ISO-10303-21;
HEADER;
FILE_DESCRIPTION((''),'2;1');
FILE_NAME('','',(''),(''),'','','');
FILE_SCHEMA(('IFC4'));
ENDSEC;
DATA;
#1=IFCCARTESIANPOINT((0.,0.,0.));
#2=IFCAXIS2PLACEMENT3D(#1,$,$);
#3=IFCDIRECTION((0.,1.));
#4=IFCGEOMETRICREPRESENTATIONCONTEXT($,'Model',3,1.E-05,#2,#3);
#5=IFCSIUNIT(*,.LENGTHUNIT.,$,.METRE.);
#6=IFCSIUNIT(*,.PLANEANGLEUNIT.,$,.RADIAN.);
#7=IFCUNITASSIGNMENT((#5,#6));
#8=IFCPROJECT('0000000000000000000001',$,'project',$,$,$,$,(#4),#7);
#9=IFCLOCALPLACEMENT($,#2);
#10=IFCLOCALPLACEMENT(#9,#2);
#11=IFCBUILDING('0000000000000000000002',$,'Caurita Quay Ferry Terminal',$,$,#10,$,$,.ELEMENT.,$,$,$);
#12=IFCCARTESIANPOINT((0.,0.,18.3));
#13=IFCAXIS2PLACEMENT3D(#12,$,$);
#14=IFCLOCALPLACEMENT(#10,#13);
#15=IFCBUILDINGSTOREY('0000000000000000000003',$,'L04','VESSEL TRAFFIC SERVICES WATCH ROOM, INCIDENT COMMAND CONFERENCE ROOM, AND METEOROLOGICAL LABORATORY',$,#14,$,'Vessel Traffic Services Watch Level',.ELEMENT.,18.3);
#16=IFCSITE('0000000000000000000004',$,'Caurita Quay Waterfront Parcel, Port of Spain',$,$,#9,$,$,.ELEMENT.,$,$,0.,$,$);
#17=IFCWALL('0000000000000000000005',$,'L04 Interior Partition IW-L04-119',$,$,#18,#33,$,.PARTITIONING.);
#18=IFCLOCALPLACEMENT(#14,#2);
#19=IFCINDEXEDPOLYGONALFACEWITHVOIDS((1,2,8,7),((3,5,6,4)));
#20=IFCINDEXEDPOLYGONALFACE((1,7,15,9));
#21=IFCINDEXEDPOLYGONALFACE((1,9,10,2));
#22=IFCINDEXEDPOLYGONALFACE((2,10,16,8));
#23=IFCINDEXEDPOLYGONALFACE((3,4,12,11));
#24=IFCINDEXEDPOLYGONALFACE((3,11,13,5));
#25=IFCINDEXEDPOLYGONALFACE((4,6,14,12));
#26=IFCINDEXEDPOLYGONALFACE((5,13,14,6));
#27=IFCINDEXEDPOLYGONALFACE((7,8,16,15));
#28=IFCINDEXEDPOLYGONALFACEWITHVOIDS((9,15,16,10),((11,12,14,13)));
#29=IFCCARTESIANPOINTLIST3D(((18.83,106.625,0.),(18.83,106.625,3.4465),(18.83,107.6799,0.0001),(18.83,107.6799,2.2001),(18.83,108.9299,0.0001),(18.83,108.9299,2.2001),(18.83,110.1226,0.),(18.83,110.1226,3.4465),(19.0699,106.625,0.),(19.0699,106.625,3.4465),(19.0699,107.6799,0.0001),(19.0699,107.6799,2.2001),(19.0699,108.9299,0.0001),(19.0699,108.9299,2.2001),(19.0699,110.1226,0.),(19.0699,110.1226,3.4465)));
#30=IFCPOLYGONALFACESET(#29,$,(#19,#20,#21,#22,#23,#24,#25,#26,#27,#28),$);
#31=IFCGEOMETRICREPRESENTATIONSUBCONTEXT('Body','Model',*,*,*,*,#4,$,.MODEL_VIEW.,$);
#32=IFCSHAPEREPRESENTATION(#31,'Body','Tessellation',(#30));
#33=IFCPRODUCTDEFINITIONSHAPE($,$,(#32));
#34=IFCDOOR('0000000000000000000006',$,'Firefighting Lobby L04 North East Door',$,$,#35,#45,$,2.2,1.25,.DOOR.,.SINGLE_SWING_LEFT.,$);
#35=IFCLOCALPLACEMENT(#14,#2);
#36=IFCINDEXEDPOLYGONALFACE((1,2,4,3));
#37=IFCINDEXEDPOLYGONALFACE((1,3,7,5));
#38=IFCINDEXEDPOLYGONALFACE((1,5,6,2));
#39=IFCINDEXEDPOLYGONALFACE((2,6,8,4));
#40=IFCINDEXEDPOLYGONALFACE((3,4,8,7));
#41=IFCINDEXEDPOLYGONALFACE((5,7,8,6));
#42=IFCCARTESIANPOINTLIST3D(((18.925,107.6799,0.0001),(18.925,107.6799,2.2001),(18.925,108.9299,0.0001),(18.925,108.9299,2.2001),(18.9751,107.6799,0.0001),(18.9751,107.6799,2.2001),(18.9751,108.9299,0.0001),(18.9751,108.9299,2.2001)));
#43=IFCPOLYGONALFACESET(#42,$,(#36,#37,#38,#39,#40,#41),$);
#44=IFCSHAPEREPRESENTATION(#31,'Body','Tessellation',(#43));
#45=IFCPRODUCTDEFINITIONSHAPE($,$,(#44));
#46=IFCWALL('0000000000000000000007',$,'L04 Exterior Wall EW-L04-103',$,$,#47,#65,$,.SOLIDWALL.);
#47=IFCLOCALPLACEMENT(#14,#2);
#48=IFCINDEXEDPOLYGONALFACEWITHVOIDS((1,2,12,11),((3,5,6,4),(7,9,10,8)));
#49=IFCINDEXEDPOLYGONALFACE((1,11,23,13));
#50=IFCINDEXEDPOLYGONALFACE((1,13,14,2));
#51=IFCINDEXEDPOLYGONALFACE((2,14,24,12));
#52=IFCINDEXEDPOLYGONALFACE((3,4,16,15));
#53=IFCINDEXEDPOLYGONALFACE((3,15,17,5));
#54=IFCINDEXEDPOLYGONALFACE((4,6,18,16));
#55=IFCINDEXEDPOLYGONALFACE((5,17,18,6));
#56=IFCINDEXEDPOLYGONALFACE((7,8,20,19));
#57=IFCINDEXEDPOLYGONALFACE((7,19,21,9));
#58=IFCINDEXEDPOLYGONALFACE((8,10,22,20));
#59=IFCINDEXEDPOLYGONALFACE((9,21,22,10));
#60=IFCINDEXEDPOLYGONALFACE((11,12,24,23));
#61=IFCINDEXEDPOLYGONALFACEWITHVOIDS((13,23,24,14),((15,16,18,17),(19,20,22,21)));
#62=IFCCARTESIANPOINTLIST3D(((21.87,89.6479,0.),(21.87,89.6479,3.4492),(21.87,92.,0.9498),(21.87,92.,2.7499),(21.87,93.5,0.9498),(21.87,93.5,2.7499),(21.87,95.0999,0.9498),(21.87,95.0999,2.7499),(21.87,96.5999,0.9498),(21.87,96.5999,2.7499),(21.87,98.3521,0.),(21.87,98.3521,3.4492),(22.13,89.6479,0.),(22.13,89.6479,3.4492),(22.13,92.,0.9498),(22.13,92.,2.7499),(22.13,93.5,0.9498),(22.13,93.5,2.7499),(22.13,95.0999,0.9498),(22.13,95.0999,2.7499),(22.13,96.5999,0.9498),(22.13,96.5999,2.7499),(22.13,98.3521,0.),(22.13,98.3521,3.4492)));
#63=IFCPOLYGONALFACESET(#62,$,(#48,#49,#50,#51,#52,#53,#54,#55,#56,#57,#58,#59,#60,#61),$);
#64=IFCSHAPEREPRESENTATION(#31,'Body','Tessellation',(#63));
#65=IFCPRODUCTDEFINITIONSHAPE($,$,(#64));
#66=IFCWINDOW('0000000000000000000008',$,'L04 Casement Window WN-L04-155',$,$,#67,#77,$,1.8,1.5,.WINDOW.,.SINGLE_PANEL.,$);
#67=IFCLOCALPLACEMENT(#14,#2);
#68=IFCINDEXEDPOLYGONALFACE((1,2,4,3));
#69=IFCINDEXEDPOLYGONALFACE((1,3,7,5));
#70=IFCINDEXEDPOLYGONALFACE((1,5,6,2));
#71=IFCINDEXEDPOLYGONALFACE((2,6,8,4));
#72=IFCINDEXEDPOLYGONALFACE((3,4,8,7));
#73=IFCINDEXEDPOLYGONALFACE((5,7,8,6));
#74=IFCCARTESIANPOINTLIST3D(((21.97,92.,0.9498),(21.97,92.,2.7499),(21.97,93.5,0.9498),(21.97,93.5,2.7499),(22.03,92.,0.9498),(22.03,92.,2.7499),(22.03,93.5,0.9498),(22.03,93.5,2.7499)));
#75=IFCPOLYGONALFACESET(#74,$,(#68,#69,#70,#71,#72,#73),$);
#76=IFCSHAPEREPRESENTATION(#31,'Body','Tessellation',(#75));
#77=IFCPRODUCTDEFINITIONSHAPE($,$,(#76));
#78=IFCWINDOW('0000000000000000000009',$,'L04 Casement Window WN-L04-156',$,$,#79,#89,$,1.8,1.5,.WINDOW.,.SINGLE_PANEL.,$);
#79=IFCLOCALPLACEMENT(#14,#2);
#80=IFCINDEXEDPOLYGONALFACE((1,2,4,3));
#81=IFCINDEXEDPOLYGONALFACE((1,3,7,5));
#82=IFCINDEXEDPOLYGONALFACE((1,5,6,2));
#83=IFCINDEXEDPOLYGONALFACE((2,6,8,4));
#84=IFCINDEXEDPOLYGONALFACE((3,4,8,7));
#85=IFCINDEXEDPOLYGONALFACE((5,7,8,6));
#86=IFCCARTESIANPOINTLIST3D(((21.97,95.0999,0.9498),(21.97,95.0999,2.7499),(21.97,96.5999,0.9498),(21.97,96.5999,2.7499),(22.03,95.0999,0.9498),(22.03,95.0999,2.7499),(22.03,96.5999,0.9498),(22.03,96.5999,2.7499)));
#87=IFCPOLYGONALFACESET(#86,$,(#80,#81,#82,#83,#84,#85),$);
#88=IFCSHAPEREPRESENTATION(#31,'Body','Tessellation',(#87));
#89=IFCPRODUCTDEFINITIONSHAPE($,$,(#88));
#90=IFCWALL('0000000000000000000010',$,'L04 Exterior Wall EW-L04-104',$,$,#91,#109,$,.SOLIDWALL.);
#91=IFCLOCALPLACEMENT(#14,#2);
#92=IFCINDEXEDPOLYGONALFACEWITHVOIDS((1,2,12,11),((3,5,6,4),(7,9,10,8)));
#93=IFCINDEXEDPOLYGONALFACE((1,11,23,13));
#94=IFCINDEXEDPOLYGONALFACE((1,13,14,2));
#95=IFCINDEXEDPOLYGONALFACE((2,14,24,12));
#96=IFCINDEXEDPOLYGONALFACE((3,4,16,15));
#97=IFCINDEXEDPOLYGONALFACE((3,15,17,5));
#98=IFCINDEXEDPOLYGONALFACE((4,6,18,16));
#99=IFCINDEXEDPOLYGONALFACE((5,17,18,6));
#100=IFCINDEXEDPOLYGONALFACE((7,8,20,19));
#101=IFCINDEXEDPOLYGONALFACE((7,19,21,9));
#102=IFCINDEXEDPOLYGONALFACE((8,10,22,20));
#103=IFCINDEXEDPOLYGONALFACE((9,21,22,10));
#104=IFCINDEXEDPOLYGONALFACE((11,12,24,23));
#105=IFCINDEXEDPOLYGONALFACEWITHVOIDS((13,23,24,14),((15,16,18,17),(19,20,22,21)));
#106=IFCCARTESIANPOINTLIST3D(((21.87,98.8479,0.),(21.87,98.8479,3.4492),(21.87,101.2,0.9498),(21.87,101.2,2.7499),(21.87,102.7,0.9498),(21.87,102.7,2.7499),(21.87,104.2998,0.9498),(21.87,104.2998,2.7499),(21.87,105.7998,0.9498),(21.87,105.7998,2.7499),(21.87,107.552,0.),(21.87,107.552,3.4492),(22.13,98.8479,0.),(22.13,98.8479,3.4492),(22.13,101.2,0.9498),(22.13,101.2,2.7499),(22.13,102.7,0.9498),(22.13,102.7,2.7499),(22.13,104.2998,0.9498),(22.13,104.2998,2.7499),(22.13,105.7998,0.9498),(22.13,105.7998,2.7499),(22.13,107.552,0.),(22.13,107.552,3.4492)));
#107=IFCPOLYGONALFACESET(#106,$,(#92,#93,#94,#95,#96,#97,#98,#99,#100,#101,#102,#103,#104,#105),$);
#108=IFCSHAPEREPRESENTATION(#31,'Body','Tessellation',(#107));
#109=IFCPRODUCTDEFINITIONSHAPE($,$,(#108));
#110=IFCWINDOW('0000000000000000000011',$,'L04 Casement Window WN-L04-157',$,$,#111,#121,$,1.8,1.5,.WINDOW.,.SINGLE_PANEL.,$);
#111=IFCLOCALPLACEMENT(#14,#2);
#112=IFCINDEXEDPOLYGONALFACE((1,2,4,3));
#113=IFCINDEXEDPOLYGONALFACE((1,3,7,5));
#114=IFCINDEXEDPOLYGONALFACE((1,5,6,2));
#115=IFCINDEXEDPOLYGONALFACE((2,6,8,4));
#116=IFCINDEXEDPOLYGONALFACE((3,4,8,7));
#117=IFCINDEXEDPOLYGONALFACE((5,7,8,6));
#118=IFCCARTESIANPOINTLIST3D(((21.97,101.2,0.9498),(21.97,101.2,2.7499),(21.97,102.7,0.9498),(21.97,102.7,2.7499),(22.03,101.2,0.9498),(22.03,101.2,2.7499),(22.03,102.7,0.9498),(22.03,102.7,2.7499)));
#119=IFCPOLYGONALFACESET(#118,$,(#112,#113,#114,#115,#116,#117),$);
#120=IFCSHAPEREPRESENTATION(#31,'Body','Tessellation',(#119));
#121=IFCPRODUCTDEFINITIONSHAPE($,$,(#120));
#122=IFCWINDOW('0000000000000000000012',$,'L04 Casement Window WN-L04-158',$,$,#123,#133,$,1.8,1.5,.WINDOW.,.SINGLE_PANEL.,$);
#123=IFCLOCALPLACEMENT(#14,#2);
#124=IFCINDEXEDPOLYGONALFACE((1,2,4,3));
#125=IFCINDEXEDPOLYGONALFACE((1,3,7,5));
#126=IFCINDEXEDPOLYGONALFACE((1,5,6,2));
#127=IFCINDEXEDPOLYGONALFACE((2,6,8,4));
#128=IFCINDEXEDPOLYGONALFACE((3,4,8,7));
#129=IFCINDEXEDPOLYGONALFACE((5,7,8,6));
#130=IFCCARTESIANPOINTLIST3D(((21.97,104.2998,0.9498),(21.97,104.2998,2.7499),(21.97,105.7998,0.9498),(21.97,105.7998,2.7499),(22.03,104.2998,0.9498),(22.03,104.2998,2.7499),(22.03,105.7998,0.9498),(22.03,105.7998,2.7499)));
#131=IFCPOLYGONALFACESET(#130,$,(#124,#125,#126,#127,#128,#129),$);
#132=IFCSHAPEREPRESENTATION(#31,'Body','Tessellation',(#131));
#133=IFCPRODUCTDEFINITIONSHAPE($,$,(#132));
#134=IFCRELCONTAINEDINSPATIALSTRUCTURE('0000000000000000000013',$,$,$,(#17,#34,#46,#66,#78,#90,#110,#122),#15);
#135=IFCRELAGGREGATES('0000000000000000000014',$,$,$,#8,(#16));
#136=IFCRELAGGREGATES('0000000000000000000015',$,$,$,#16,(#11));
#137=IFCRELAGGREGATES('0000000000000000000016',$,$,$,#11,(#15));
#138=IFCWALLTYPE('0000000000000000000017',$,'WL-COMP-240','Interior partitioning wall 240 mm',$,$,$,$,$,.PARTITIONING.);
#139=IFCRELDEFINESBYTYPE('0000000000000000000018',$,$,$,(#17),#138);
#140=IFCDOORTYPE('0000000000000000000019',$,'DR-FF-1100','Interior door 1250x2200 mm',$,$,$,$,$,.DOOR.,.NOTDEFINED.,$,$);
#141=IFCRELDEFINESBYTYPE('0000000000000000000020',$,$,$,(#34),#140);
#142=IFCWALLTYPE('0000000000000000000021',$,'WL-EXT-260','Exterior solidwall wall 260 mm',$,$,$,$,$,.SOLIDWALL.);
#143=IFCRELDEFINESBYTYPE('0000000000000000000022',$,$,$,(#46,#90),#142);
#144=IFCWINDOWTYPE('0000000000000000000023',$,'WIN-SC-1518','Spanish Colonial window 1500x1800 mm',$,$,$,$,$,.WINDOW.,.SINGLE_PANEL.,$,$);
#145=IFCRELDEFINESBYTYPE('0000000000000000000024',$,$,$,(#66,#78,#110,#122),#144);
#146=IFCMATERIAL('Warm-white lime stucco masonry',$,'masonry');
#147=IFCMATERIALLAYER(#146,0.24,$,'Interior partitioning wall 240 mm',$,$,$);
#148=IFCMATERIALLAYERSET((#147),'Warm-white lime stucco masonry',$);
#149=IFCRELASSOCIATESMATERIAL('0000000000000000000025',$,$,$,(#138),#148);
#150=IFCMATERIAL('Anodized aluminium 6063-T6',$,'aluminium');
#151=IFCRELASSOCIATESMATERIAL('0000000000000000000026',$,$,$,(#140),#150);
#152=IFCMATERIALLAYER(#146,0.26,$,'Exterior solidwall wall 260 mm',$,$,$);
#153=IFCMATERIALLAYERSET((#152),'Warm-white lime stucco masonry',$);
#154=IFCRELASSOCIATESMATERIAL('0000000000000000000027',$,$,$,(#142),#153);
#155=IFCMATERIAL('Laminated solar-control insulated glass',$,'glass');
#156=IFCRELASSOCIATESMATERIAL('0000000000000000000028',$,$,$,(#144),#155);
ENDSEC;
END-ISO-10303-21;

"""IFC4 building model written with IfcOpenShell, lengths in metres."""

from ifc_helpers import new_model, si_unit, direction, frame, frame_2d, origin, place, context, subcontext, project, spatial, rectangle, extrude, material, layer, layer_set, type_object, element, fill, save


model = new_model("IFC4")

# Units and contexts
model_context = context("Model", 3, precision=1e-05, world=origin(), true_north=direction((0.0, 1.0)))
body_context = subcontext(model_context, "Body", "Model", "MODEL_VIEW")
ifc_project = project(units=[si_unit("LENGTHUNIT", "METRE"), si_unit("PLANEANGLEUNIT", "RADIAN")], contexts=[model_context])

# Site, building, storey
site_placement = place(None, origin())
site = spatial("IfcSite", under=ifc_project, at=site_placement, Name="Caurita Quay Waterfront Parcel, Port of Spain", CompositionType="ELEMENT", RefElevation=0.0)
building_placement = place(site_placement, origin())
building = spatial("IfcBuilding", under=site, at=building_placement, Name="Caurita Quay Ferry Terminal", CompositionType="ELEMENT")
storey_placement = place(building_placement, frame((0.0, 0.0, 18.3)))
storey = spatial("IfcBuildingStorey", under=building, at=storey_placement, Name="L04", Description="VESSEL TRAFFIC SERVICES WATCH ROOM, INCIDENT COMMAND CONFERENCE ROOM, AND METEOROLOGICAL LABORATORY", LongName="Vessel Traffic Services Watch Level", CompositionType="ELEMENT", Elevation=18.3)

# Wall, opening, door
ifc_material_1 = material(Name="Warm-white lime stucco masonry", Category="masonry")
ifc_layer_1 = layer(ifc_material_1, 0.24, Name="Interior partitioning wall 240 mm")
ifc_layer_set_1 = layer_set([ifc_layer_1], Name="Warm-white lime stucco masonry")
wall_type_1 = type_object("IfcWallType", Name="WL-COMP-240", Description="Interior partitioning wall 240 mm", PredefinedType="PARTITIONING", material=ifc_layer_set_1)
wall_1_placement = place(storey_placement, frame((18.95, 106.625, 0.0), z_axis=(0.0, 0.0, 1.0), x_axis=(0.0, 1.0, 0.0)))
wall_1 = element("IfcWall", 1, at=wall_1_placement, inside=storey, type_object=wall_type_1, Name="L04 Interior Partition IW-L04-119", PredefinedType="PARTITIONING", context=body_context, shape_type="SweptSolid", body=[
    extrude(rectangle(XDim=3.4976, YDim=0.24, at=frame_2d((1.7488, 0.0))), origin(), (0.0, 0.0, 1.0), 3.4465),
])
opening_1_placement = place(wall_1_placement, frame((1.0549, 0.0, 0.0)))
opening_1 = element("IfcOpeningElement", 2, at=opening_1_placement, cuts=wall_1, PredefinedType="OPENING", context=body_context, shape_type="SweptSolid", body=[
    extrude(rectangle(XDim=1.25, YDim=2.2, at=frame_2d((0.625, 1.1001))), frame((0.0, 0.1299, 0.0), z_axis=(0.0, -1.0, 0.0), x_axis=(1.0, 0.0, 0.0)), (0.0, 0.0, 1.0), 0.26),
])
ifc_material_2 = material(Name="Anodized aluminium 6063-T6", Category="aluminium")
door_type_1 = type_object("IfcDoorType", Name="DR-FF-1100", Description="Interior door 1250x2200 mm", OperationType="NOTDEFINED", PredefinedType="DOOR", material=ifc_material_2)
door_1_placement = place(opening_1_placement, origin())
door_1 = element("IfcDoor", 3, at=door_1_placement, inside=storey, type_object=door_type_1, Name="Firefighting Lobby L04 North East Door", OperationType="SINGLE_SWING_LEFT", OverallHeight=2.2, OverallWidth=1.25, PredefinedType="DOOR", context=body_context, shape_type="SweptSolid", body=[
    extrude(rectangle(XDim=1.25, YDim=2.2, at=frame_2d((0.625, 1.1001))), frame((0.0, 0.0249, 0.0), z_axis=(0.0, -1.0, 0.0), x_axis=(1.0, 0.0, 0.0)), (0.0, 0.0, 1.0), 0.05),
])
fill(opening_1, door_1)

# Walls, openings, windows
ifc_layer_2 = layer(ifc_material_1, 0.26, Name="Exterior solidwall wall 260 mm")
ifc_layer_set_2 = layer_set([ifc_layer_2], Name="Warm-white lime stucco masonry")
wall_type_2 = type_object("IfcWallType", Name="WL-EXT-260", Description="Exterior solidwall wall 260 mm", PredefinedType="SOLIDWALL", material=ifc_layer_set_2)
wall_2_placement = place(storey_placement, frame((22.0, 89.6479, 0.0), z_axis=(0.0, 0.0, 1.0), x_axis=(0.0, 1.0, 0.0)))
wall_2 = element("IfcWall", 4, at=wall_2_placement, inside=storey, type_object=wall_type_2, Name="L04 Exterior Wall EW-L04-103", PredefinedType="SOLIDWALL", context=body_context, shape_type="SweptSolid", body=[
    extrude(rectangle(XDim=8.7041, YDim=0.26, at=frame_2d((4.3521, 0.0))), origin(), (0.0, 0.0, 1.0), 3.4492),
])
opening_2_placement = place(wall_2_placement, frame((2.3521, 0.0, 0.95)))
opening_2 = element("IfcOpeningElement", 5, at=opening_2_placement, cuts=wall_2, PredefinedType="OPENING", context=body_context, shape_type="SweptSolid", body=[
    extrude(rectangle(XDim=1.5, YDim=1.8, at=frame_2d((0.75, 0.8999))), frame((0.0, 0.1399, 0.0), z_axis=(0.0, -1.0, 0.0), x_axis=(1.0, 0.0, 0.0)), (0.0, 0.0, 1.0), 0.28),
])
opening_3_placement = place(wall_2_placement, frame((5.4519, 0.0, 0.95)))
opening_3 = element("IfcOpeningElement", 6, at=opening_3_placement, cuts=wall_2, PredefinedType="OPENING", context=body_context, shape_type="SweptSolid", body=[
    extrude(rectangle(XDim=1.5, YDim=1.8, at=frame_2d((0.75, 0.8999))), frame((0.0, 0.1399, 0.0), z_axis=(0.0, -1.0, 0.0), x_axis=(1.0, 0.0, 0.0)), (0.0, 0.0, 1.0), 0.28),
])
ifc_material_3 = material(Name="Laminated solar-control insulated glass", Category="glass")
window_type = type_object("IfcWindowType", Name="WIN-SC-1518", Description="Spanish Colonial window 1500x1800 mm", PartitioningType="SINGLE_PANEL", PredefinedType="WINDOW", material=ifc_material_3)
window_1_placement = place(opening_2_placement, origin())
window_1 = element("IfcWindow", 7, at=window_1_placement, inside=storey, type_object=window_type, Name="L04 Casement Window WN-L04-155", OverallHeight=1.8, OverallWidth=1.5, PartitioningType="SINGLE_PANEL", PredefinedType="WINDOW", context=body_context, shape_type="SweptSolid", body=[
    extrude(rectangle(XDim=1.5, YDim=1.8, at=frame_2d((0.75, 0.8999))), frame((0.0, 0.03, 0.0), z_axis=(0.0, -1.0, 0.0), x_axis=(1.0, 0.0, 0.0)), (0.0, 0.0, 1.0), 0.0601),
])
fill(opening_2, window_1)
window_2_placement = place(opening_3_placement, origin())
window_2 = element("IfcWindow", 8, at=window_2_placement, inside=storey, type_object=window_type, Name="L04 Casement Window WN-L04-156", OverallHeight=1.8, OverallWidth=1.5, PartitioningType="SINGLE_PANEL", PredefinedType="WINDOW", context=body_context, shape_type="SweptSolid", body=[
    extrude(rectangle(XDim=1.5, YDim=1.8, at=frame_2d((0.75, 0.8999))), frame((0.0, 0.03, 0.0), z_axis=(0.0, -1.0, 0.0), x_axis=(1.0, 0.0, 0.0)), (0.0, 0.0, 1.0), 0.0601),
])
fill(opening_3, window_2)
wall_3_placement = place(storey_placement, frame((22.0, 98.8479, 0.0), z_axis=(0.0, 0.0, 1.0), x_axis=(0.0, 1.0, 0.0)))
wall_3 = element("IfcWall", 9, at=wall_3_placement, inside=storey, type_object=wall_type_2, Name="L04 Exterior Wall EW-L04-104", PredefinedType="SOLIDWALL", context=body_context, shape_type="SweptSolid", body=[
    extrude(rectangle(XDim=8.7041, YDim=0.26, at=frame_2d((4.3521, 0.0))), origin(), (0.0, 0.0, 1.0), 3.4492),
])
opening_4_placement = place(wall_3_placement, frame((2.3521, 0.0, 0.95)))
opening_4 = element("IfcOpeningElement", 10, at=opening_4_placement, cuts=wall_3, PredefinedType="OPENING", context=body_context, shape_type="SweptSolid", body=[
    extrude(rectangle(XDim=1.5, YDim=1.8, at=frame_2d((0.75, 0.8999))), frame((0.0, 0.1399, 0.0), z_axis=(0.0, -1.0, 0.0), x_axis=(1.0, 0.0, 0.0)), (0.0, 0.0, 1.0), 0.28),
])
opening_5_placement = place(wall_3_placement, frame((5.4519, 0.0, 0.95)))
opening_5 = element("IfcOpeningElement", 11, at=opening_5_placement, cuts=wall_3, PredefinedType="OPENING", context=body_context, shape_type="SweptSolid", body=[
    extrude(rectangle(XDim=1.5, YDim=1.8, at=frame_2d((0.75, 0.8999))), frame((0.0, 0.1399, 0.0), z_axis=(0.0, -1.0, 0.0), x_axis=(1.0, 0.0, 0.0)), (0.0, 0.0, 1.0), 0.28),
])
window_3_placement = place(opening_4_placement, origin())
window_3 = element("IfcWindow", 12, at=window_3_placement, inside=storey, type_object=window_type, Name="L04 Casement Window WN-L04-157", OverallHeight=1.8, OverallWidth=1.5, PartitioningType="SINGLE_PANEL", PredefinedType="WINDOW", context=body_context, shape_type="SweptSolid", body=[
    extrude(rectangle(XDim=1.5, YDim=1.8, at=frame_2d((0.75, 0.8999))), frame((0.0, 0.03, 0.0), z_axis=(0.0, -1.0, 0.0), x_axis=(1.0, 0.0, 0.0)), (0.0, 0.0, 1.0), 0.0601),
])
fill(opening_4, window_3)
window_4_placement = place(opening_5_placement, origin())
window_4 = element("IfcWindow", 13, at=window_4_placement, inside=storey, type_object=window_type, Name="L04 Casement Window WN-L04-158", OverallHeight=1.8, OverallWidth=1.5, PartitioningType="SINGLE_PANEL", PredefinedType="WINDOW", context=body_context, shape_type="SweptSolid", body=[
    extrude(rectangle(XDim=1.5, YDim=1.8, at=frame_2d((0.75, 0.8999))), frame((0.0, 0.03, 0.0), z_axis=(0.0, -1.0, 0.0), x_axis=(1.0, 0.0, 0.0)), (0.0, 0.0, 1.0), 0.0601),
])
fill(opening_5, window_4)

save(model, "model.ifc")
